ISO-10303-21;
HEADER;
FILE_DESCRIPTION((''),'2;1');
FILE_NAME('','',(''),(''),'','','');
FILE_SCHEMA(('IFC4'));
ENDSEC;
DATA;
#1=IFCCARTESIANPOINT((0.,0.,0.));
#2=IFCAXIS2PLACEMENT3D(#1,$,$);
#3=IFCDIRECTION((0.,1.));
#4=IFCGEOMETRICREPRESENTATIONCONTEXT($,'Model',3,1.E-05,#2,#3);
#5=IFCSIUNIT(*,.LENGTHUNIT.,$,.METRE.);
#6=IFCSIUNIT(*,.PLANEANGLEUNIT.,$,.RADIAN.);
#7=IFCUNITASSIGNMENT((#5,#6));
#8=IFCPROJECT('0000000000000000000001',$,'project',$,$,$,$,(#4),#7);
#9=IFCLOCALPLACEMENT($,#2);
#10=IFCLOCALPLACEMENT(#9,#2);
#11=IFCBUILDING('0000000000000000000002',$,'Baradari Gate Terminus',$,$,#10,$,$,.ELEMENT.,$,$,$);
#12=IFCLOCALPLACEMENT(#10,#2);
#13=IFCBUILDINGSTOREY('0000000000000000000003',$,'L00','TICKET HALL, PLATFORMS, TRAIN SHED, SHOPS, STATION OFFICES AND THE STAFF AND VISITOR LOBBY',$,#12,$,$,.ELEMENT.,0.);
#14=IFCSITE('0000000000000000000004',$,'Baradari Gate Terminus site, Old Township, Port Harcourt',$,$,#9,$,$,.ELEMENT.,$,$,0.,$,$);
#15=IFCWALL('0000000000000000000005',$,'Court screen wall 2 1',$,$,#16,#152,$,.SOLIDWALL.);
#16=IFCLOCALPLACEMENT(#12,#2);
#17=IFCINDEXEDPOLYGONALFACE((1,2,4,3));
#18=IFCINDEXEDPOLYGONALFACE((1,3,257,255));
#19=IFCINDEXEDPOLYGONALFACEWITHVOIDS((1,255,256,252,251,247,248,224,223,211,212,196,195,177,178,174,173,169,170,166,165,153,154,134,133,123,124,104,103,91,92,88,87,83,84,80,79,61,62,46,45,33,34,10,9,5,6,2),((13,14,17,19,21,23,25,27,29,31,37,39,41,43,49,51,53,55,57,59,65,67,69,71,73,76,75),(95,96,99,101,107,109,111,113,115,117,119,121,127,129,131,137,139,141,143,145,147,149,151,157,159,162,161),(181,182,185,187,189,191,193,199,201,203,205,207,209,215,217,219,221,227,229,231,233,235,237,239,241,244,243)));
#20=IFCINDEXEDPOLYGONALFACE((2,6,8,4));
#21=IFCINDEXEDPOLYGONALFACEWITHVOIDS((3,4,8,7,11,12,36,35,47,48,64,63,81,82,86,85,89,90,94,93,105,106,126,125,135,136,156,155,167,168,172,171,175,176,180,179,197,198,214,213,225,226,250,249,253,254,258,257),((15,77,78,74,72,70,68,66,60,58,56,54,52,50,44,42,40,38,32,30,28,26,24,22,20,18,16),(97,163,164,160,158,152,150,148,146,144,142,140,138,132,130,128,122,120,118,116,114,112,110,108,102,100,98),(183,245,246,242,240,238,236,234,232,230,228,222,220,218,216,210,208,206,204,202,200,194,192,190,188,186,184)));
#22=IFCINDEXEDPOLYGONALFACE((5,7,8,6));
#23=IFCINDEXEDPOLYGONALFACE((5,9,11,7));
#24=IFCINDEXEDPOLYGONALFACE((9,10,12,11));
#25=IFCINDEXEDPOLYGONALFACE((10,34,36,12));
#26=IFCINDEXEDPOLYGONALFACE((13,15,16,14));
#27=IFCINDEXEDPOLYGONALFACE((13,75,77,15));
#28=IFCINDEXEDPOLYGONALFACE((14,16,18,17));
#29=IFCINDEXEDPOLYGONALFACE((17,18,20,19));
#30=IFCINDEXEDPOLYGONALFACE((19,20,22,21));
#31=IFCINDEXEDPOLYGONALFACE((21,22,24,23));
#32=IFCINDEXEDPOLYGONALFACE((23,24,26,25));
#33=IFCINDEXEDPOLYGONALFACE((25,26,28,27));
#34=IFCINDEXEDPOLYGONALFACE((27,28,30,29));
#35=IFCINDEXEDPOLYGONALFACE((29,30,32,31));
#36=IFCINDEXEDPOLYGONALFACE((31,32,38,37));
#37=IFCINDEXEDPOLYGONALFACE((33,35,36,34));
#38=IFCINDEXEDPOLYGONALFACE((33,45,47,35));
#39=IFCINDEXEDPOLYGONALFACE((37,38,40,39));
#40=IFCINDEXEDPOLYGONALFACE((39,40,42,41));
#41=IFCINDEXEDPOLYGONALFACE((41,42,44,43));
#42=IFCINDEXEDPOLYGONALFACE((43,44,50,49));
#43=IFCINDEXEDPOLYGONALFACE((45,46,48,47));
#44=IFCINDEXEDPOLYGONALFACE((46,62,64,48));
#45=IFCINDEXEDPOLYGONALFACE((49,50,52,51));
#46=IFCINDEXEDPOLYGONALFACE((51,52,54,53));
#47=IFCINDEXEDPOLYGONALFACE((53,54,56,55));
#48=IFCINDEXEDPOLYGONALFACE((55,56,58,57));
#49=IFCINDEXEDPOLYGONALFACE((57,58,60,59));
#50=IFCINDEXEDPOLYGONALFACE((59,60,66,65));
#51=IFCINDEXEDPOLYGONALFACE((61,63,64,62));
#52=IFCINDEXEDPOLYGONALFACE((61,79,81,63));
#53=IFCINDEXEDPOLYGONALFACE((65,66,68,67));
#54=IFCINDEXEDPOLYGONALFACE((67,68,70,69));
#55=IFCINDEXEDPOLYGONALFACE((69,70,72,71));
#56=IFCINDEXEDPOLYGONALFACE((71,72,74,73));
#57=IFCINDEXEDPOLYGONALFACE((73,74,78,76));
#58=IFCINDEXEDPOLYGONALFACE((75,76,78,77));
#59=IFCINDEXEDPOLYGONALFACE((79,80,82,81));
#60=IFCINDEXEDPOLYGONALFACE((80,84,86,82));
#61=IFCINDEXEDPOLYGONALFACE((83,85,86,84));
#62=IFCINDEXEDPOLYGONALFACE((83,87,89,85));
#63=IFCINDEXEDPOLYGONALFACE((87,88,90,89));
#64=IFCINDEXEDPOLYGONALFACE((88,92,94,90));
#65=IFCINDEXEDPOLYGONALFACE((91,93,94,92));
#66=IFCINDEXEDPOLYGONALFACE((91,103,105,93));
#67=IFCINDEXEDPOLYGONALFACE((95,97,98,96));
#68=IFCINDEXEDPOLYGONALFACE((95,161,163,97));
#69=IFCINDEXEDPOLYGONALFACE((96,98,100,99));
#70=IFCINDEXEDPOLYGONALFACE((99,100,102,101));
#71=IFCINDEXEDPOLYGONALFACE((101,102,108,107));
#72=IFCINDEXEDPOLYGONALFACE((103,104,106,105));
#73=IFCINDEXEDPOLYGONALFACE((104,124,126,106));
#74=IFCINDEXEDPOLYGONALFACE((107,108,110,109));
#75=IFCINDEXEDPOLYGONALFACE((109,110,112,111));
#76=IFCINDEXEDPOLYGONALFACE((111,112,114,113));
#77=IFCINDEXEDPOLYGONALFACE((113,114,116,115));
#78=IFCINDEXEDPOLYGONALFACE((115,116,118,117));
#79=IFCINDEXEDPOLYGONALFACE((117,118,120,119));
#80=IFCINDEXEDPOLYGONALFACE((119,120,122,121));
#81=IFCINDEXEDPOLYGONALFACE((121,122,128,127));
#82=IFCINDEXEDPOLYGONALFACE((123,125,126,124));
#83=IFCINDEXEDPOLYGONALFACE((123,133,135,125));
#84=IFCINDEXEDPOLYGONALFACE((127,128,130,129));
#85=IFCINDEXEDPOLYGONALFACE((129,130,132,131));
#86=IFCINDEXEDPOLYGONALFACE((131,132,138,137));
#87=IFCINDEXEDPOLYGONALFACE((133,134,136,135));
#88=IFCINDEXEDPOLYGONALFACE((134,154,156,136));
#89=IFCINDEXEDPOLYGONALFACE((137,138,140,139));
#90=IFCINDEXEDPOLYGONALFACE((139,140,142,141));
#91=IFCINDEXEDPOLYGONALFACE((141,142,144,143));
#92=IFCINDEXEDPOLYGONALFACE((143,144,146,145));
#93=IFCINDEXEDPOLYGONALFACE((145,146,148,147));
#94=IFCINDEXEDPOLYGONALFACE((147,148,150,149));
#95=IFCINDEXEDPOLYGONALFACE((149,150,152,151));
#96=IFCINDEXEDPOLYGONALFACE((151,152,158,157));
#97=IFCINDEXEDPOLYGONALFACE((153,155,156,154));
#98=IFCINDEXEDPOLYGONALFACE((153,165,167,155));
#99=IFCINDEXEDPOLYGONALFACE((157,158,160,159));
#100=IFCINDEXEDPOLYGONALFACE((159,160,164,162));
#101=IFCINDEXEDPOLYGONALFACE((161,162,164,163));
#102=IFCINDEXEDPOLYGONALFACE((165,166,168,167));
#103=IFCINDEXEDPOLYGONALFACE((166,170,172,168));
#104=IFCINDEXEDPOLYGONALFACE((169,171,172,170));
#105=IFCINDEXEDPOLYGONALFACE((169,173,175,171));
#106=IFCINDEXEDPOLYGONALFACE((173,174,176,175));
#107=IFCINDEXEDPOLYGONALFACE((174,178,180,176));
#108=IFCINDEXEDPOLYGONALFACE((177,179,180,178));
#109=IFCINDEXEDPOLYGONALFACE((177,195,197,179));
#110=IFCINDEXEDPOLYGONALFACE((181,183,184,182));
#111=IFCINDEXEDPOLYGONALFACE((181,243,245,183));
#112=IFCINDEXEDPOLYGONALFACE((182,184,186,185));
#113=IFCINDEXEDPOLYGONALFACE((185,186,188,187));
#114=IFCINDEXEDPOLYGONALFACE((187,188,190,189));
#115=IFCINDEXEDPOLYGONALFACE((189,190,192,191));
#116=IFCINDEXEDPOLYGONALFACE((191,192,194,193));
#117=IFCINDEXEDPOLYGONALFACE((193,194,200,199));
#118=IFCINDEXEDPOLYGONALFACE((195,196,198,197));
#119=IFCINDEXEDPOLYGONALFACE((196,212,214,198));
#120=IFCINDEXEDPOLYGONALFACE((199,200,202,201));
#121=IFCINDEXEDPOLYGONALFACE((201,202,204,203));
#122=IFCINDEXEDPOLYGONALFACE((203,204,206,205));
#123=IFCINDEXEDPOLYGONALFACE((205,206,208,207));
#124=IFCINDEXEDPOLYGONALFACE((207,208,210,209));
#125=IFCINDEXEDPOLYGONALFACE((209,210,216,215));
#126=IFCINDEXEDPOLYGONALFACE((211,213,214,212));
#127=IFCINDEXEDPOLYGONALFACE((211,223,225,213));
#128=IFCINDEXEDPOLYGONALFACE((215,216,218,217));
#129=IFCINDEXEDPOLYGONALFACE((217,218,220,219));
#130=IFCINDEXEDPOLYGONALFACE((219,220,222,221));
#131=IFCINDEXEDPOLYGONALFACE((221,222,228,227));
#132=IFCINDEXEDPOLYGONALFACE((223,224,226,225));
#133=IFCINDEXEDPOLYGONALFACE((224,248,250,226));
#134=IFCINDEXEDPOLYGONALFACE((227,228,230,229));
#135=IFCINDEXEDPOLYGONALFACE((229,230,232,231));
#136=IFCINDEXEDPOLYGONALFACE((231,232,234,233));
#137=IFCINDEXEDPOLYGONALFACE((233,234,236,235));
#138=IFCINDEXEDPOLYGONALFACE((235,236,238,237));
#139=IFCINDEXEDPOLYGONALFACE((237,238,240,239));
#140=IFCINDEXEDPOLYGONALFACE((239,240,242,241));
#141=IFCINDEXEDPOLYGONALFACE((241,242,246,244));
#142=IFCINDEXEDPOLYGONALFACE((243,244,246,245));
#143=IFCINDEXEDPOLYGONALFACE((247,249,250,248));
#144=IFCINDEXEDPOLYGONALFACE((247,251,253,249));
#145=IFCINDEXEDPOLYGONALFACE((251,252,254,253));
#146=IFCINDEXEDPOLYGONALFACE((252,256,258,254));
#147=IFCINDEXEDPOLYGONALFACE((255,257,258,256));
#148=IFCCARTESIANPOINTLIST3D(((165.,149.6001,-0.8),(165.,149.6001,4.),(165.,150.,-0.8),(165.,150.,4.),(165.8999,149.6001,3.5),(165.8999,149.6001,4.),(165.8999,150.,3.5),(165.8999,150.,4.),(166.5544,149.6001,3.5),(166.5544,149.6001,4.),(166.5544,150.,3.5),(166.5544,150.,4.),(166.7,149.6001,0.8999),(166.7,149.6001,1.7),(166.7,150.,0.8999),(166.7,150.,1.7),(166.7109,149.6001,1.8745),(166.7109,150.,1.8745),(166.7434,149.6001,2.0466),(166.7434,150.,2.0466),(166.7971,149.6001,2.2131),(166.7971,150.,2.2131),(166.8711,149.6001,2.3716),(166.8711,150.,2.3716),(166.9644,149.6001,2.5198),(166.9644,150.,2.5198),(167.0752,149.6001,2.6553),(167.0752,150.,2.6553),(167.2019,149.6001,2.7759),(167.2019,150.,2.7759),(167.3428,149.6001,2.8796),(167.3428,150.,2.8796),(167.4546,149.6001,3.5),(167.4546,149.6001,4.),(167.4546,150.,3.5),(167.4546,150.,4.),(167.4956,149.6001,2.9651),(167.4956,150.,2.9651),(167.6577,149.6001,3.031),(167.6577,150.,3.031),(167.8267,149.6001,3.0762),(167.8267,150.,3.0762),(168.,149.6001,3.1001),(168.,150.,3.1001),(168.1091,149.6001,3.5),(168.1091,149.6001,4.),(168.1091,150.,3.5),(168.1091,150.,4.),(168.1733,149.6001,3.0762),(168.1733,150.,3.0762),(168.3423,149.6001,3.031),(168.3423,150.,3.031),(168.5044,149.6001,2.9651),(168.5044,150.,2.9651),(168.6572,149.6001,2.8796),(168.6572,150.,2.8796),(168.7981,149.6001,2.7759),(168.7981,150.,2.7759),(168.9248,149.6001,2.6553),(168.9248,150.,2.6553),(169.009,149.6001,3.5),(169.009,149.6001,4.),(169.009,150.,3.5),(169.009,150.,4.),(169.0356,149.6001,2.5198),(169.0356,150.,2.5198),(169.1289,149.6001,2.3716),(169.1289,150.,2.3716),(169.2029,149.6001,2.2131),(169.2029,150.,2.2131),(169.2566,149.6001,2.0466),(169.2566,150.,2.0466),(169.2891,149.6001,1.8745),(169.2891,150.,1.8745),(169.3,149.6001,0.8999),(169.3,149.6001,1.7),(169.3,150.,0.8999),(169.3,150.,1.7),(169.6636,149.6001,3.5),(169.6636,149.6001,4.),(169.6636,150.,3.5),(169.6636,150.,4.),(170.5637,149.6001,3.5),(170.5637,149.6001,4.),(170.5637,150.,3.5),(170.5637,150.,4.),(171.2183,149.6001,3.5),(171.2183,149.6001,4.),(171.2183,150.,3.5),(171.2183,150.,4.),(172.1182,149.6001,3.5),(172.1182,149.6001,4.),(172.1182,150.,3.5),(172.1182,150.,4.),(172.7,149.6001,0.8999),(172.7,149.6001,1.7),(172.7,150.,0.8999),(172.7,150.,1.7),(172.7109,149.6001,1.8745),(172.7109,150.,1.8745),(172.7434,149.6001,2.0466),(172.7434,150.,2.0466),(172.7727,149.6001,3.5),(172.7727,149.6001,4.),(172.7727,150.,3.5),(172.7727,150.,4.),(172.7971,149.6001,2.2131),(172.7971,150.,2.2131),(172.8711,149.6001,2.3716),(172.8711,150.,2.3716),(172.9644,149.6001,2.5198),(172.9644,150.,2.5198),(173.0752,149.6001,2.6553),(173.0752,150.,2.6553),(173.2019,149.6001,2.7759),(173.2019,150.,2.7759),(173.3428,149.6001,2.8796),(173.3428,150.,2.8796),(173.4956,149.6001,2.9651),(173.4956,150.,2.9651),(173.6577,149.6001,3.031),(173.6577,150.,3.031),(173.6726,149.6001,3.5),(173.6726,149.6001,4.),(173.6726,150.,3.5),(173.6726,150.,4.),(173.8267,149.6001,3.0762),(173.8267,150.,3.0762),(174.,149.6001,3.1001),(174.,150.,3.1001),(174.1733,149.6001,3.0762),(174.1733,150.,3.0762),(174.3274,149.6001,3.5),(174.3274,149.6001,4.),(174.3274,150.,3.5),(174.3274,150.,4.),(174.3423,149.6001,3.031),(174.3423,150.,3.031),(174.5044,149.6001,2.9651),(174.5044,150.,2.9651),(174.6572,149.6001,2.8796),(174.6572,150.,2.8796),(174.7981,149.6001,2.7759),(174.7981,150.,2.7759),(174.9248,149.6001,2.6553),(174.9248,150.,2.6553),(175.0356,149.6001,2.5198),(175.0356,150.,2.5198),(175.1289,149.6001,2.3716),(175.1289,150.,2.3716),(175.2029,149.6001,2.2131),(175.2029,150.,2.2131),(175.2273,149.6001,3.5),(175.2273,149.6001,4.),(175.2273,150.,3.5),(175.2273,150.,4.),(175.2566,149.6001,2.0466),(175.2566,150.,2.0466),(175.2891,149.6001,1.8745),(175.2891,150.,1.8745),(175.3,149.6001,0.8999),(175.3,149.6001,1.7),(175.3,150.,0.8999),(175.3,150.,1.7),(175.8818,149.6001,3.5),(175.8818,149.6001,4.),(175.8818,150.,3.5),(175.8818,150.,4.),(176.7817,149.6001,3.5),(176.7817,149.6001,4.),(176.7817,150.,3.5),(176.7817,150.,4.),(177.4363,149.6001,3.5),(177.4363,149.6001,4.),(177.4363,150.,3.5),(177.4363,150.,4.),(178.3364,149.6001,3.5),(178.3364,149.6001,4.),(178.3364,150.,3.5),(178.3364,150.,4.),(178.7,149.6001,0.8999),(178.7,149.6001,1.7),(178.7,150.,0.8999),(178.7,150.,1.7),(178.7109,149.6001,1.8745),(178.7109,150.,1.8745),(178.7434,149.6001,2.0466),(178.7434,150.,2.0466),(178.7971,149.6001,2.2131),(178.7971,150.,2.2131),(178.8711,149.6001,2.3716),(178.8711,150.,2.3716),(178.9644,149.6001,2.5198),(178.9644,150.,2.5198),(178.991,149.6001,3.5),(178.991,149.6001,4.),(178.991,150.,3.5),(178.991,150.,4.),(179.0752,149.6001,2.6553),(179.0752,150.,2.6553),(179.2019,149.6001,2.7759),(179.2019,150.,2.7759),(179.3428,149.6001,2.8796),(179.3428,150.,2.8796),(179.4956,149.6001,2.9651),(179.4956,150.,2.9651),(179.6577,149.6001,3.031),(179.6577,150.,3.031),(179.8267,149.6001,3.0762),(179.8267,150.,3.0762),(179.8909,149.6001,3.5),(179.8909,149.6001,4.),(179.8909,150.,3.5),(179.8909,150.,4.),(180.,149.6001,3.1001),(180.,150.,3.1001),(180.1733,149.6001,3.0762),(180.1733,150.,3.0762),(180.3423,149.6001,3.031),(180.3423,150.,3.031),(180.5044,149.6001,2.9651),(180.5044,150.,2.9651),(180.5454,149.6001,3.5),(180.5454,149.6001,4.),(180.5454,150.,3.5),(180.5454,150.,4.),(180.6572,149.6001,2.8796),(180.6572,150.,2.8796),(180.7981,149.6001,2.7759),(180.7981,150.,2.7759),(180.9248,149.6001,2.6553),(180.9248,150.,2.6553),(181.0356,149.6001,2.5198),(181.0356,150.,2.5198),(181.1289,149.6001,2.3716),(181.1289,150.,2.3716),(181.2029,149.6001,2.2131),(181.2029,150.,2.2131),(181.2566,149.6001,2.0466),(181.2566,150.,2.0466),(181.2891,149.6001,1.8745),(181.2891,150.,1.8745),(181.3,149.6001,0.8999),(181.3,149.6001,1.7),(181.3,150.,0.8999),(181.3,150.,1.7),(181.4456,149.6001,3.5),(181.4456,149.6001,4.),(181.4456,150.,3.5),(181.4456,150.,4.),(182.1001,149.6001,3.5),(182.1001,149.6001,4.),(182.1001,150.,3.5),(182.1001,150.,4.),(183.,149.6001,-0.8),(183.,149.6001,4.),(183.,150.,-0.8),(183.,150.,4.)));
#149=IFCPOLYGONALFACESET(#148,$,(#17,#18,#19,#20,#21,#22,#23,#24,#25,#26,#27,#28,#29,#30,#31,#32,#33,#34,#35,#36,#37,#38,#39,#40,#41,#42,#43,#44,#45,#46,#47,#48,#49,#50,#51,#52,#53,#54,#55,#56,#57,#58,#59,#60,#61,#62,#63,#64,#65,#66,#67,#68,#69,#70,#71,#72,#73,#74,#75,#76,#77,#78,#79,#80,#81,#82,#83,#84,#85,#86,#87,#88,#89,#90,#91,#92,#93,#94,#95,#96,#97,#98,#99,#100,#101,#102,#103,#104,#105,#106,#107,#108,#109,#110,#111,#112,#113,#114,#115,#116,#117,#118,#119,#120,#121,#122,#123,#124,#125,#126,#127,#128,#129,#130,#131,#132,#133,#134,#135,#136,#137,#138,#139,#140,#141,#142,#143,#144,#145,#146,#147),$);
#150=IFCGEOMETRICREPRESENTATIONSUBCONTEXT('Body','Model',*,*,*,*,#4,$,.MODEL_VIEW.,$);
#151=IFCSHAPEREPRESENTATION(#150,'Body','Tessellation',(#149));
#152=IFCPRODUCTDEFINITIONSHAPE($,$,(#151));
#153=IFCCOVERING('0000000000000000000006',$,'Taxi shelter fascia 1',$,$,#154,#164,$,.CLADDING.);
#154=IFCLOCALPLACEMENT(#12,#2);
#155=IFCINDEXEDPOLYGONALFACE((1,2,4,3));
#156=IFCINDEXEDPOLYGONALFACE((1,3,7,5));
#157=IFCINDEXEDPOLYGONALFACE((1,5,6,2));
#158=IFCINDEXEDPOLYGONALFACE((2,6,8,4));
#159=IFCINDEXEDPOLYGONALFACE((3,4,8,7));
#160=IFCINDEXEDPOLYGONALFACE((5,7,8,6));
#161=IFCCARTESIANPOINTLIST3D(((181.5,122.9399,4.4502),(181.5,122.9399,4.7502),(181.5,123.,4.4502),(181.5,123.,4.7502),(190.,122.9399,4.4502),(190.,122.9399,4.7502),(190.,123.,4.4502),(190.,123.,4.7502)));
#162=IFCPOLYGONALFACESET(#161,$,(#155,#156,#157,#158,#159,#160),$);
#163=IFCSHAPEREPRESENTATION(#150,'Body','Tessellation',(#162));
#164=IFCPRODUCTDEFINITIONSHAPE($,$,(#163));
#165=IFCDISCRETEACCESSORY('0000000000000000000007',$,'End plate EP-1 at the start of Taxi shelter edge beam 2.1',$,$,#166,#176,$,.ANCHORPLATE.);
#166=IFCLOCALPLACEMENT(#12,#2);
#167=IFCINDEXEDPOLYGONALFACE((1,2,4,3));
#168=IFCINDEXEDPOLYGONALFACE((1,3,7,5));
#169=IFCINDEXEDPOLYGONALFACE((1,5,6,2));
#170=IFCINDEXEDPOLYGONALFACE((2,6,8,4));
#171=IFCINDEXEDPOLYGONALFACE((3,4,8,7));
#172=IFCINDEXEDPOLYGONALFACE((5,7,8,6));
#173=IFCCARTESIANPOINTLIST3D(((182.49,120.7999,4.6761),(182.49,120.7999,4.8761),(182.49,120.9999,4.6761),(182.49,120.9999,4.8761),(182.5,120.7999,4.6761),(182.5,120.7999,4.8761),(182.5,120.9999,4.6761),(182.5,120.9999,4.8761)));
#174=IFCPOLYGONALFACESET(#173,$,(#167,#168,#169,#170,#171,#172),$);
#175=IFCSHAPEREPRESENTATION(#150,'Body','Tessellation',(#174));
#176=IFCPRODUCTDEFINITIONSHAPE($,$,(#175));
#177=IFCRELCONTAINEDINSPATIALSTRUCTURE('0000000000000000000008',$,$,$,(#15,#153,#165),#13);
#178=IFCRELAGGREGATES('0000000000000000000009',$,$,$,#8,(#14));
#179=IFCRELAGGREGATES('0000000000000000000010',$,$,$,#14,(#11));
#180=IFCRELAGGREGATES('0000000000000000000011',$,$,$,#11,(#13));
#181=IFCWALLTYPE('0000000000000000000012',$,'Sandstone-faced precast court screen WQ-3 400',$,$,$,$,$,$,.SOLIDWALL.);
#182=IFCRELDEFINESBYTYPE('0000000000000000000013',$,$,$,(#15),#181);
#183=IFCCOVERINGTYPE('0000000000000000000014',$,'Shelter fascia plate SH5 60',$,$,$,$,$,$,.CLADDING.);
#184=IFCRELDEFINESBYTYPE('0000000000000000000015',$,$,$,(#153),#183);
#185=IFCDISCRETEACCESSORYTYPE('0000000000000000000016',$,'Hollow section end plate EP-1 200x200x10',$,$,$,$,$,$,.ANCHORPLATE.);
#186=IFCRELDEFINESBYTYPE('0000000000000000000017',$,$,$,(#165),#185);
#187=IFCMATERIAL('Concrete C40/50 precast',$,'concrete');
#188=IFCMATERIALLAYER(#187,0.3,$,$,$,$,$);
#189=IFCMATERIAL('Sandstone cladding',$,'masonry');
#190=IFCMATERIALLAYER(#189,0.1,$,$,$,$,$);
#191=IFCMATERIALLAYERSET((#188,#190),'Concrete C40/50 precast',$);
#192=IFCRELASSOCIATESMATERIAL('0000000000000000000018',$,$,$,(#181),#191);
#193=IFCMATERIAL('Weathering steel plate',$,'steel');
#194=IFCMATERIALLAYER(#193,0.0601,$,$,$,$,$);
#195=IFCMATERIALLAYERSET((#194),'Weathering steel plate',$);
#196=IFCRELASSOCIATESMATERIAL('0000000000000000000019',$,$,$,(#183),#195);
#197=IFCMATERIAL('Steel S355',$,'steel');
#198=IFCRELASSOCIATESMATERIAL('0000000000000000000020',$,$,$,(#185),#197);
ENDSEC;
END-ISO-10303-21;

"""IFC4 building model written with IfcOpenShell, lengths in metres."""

from ifc_helpers import new_model, si_unit, direction, frame, origin, origin_2d, place, context, subcontext, project, spatial, polyline, rectangle, outline, extrude, material, layer, layer_set, type_object, element, save


model = new_model("IFC4")

# Units and contexts
model_context = context("Model", 3, precision=1e-05, world=origin(), true_north=direction((0.0, 1.0)))
body_context = subcontext(model_context, "Body", "Model", "MODEL_VIEW")
ifc_project = project(units=[si_unit("LENGTHUNIT", "METRE"), si_unit("PLANEANGLEUNIT", "RADIAN")], contexts=[model_context])

# Site, building, storey
site_placement = place(None, origin())
site = spatial("IfcSite", under=ifc_project, at=site_placement, Name="Baradari Gate Terminus site, Old Township, Port Harcourt", CompositionType="ELEMENT", RefElevation=0.0)
building_placement = place(site_placement, origin())
building = spatial("IfcBuilding", under=site, at=building_placement, Name="Baradari Gate Terminus", CompositionType="ELEMENT")
storey_placement = place(building_placement, origin())
storey = spatial("IfcBuildingStorey", under=building, at=storey_placement, Name="L00", Description="TICKET HALL, PLATFORMS, TRAIN SHED, SHOPS, STATION OFFICES AND THE STAFF AND VISITOR LOBBY", CompositionType="ELEMENT", Elevation=0.0)

# Wall
ifc_material_1 = material(Name="Concrete C40/50 precast", Category="concrete")
ifc_layer_1 = layer(ifc_material_1, 0.3)
ifc_material_2 = material(Name="Sandstone cladding", Category="masonry")
ifc_layer_2 = layer(ifc_material_2, 0.1)
ifc_layer_set_1 = layer_set([ifc_layer_1, ifc_layer_2], Name="Concrete C40/50 precast")
wall_type_1 = type_object("IfcWallType", Name="Sandstone-faced precast court screen WQ-3 400", PredefinedType="SOLIDWALL", material=ifc_layer_set_1)
wall_1_placement = place(storey_placement, frame((165.0, 149.8, -0.8), z_axis=(0.0, 0.0, 1.0), x_axis=(1.0, 0.0, 0.0)))
element("IfcWall", 1, at=wall_1_placement, inside=storey, type_object=wall_type_1, Name="Court screen wall 2 1", PredefinedType="SOLIDWALL", context=body_context, shape_type="SweptSolid", body=[
    extrude(outline(polyline([(17.1001, 4.8), (17.1001, 4.3), (16.4456, 4.3), (16.4456, 4.8), (15.5454, 4.8), (15.5454, 4.3), (14.8909, 4.3), (14.8909, 4.8), (13.991, 4.8), (13.991, 4.3), (13.3364, 4.3), (13.3364, 4.8), (12.4363, 4.8), (12.4363, 4.3), (11.7817, 4.3), (11.7817, 4.8), (10.8818, 4.8), (10.8818, 4.3), (10.2273, 4.3), (10.2273, 4.8), (9.3274, 4.8), (9.3274, 4.3), (8.6726, 4.3), (8.6726, 4.8), (7.7727, 4.8), (7.7727, 4.3), (7.1182, 4.3), (7.1182, 4.8), (6.2183, 4.8), (6.2183, 4.3), (5.5637, 4.3), (5.5637, 4.8), (4.6636, 4.8), (4.6636, 4.3), (4.009, 4.3), (4.009, 4.8), (3.1091, 4.8), (3.1091, 4.3), (2.4546, 4.3), (2.4546, 4.8), (1.5544, 4.8), (1.5544, 4.3), (0.8999, 4.3), (0.8999, 4.8), (0.0, 4.8), (0.0, 0.0), (18.0, 0.0), (18.0, 4.8), (17.1001, 4.8)]), holes=[polyline([(1.7434, 2.8467), (1.7971, 3.0132), (1.8711, 3.1716), (1.9644, 3.3198), (2.0752, 3.4553), (2.2019, 3.5759), (2.3428, 3.6797), (2.4956, 3.7651), (2.6577, 3.8311), (2.8267, 3.8762), (3.0, 3.9001), (3.1733, 3.8762), (3.3423, 3.8311), (3.5044, 3.7651), (3.6572, 3.6797), (3.7981, 3.5759), (3.9248, 3.4553), (4.0356, 3.3198), (4.1289, 3.1716), (4.2029, 3.0132), (4.2566, 2.8467), (4.2891, 2.6746), (4.3, 2.5), (4.3, 1.7), (1.7, 1.7), (1.7, 2.5), (1.7109, 2.6746), (1.7434, 2.8467)]), polyline([(7.7971, 3.0132), (7.8711, 3.1716), (7.9644, 3.3198), (8.0752, 3.4553), (8.2019, 3.5759), (8.3428, 3.6797), (8.4956, 3.7651), (8.6577, 3.8311), (8.8267, 3.8762), (9.0, 3.9001), (9.1733, 3.8762), (9.3423, 3.8311), (9.5044, 3.7651), (9.6572, 3.6797), (9.7981, 3.5759), (9.9248, 3.4553), (10.0356, 3.3198), (10.1289, 3.1716), (10.2029, 3.0132), (10.2566, 2.8467), (10.2891, 2.6746), (10.3, 2.5), (10.3, 1.7), (7.7, 1.7), (7.7, 2.5), (7.7109, 2.6746), (7.7434, 2.8467), (7.7971, 3.0132)]), polyline([(13.7434, 2.8467), (13.7971, 3.0132), (13.8711, 3.1716), (13.9644, 3.3198), (14.0752, 3.4553), (14.2019, 3.5759), (14.3428, 3.6797), (14.4956, 3.7651), (14.6577, 3.8311), (14.8267, 3.8762), (15.0, 3.9001), (15.1733, 3.8762), (15.3423, 3.8311), (15.5044, 3.7651), (15.6572, 3.6797), (15.7981, 3.5759), (15.9248, 3.4553), (16.0356, 3.3198), (16.1289, 3.1716), (16.2029, 3.0132), (16.2566, 2.8467), (16.2891, 2.6746), (16.3, 2.5), (16.3, 1.7), (13.7, 1.7), (13.7, 2.5), (13.7109, 2.6746), (13.7434, 2.8467)])]), frame((0.0, 0.2, 0.0), z_axis=(0.0, -1.0, 0.0), x_axis=(1.0, 0.0, 0.0)), (0.0, 0.0, 1.0), 0.3999),
])

# Covering
ifc_material_3 = material(Name="Weathering steel plate", Category="steel")
ifc_layer_3 = layer(ifc_material_3, 0.0601)
ifc_layer_set_2 = layer_set([ifc_layer_3], Name="Weathering steel plate")
covering_type = type_object("IfcCoveringType", Name="Shelter fascia plate SH5 60", PredefinedType="CLADDING", material=ifc_layer_set_2)
covering_placement = place(storey_placement, frame((185.75, 122.97, 4.4502), z_axis=(0.0, 0.0, 1.0), x_axis=(1.0, 0.0, 0.0)))
element("IfcCovering", 2, at=covering_placement, inside=storey, type_object=covering_type, Name="Taxi shelter fascia 1", PredefinedType="CLADDING", context=body_context, shape_type="SweptSolid", body=[
    extrude(rectangle(XDim=8.5, YDim=0.0601, at=origin_2d()), origin(), (0.0, 0.0, 1.0), 0.3),
])

# Discrete accessory
ifc_material_4 = material(Name="Steel S355", Category="steel")
discrete_accessory_type = type_object("IfcDiscreteAccessoryType", Name="Hollow section end plate EP-1 200x200x10", PredefinedType="ANCHORPLATE", material=ifc_material_4)
discrete_accessory_placement = place(storey_placement, frame((182.49, 120.8999, 4.7761), z_axis=(1.0, 0.0, 0.0), x_axis=(0.0, 1.0, 0.0)))
element("IfcDiscreteAccessory", 3, at=discrete_accessory_placement, inside=storey, type_object=discrete_accessory_type, Name="End plate EP-1 at the start of Taxi shelter edge beam 2.1", PredefinedType="ANCHORPLATE", context=body_context, shape_type="SweptSolid", body=[
    extrude(rectangle(XDim=0.2, YDim=0.2, at=origin_2d()), origin(), (0.0, 0.0, 1.0), 0.01),
])

save(model, "model.ifc")
